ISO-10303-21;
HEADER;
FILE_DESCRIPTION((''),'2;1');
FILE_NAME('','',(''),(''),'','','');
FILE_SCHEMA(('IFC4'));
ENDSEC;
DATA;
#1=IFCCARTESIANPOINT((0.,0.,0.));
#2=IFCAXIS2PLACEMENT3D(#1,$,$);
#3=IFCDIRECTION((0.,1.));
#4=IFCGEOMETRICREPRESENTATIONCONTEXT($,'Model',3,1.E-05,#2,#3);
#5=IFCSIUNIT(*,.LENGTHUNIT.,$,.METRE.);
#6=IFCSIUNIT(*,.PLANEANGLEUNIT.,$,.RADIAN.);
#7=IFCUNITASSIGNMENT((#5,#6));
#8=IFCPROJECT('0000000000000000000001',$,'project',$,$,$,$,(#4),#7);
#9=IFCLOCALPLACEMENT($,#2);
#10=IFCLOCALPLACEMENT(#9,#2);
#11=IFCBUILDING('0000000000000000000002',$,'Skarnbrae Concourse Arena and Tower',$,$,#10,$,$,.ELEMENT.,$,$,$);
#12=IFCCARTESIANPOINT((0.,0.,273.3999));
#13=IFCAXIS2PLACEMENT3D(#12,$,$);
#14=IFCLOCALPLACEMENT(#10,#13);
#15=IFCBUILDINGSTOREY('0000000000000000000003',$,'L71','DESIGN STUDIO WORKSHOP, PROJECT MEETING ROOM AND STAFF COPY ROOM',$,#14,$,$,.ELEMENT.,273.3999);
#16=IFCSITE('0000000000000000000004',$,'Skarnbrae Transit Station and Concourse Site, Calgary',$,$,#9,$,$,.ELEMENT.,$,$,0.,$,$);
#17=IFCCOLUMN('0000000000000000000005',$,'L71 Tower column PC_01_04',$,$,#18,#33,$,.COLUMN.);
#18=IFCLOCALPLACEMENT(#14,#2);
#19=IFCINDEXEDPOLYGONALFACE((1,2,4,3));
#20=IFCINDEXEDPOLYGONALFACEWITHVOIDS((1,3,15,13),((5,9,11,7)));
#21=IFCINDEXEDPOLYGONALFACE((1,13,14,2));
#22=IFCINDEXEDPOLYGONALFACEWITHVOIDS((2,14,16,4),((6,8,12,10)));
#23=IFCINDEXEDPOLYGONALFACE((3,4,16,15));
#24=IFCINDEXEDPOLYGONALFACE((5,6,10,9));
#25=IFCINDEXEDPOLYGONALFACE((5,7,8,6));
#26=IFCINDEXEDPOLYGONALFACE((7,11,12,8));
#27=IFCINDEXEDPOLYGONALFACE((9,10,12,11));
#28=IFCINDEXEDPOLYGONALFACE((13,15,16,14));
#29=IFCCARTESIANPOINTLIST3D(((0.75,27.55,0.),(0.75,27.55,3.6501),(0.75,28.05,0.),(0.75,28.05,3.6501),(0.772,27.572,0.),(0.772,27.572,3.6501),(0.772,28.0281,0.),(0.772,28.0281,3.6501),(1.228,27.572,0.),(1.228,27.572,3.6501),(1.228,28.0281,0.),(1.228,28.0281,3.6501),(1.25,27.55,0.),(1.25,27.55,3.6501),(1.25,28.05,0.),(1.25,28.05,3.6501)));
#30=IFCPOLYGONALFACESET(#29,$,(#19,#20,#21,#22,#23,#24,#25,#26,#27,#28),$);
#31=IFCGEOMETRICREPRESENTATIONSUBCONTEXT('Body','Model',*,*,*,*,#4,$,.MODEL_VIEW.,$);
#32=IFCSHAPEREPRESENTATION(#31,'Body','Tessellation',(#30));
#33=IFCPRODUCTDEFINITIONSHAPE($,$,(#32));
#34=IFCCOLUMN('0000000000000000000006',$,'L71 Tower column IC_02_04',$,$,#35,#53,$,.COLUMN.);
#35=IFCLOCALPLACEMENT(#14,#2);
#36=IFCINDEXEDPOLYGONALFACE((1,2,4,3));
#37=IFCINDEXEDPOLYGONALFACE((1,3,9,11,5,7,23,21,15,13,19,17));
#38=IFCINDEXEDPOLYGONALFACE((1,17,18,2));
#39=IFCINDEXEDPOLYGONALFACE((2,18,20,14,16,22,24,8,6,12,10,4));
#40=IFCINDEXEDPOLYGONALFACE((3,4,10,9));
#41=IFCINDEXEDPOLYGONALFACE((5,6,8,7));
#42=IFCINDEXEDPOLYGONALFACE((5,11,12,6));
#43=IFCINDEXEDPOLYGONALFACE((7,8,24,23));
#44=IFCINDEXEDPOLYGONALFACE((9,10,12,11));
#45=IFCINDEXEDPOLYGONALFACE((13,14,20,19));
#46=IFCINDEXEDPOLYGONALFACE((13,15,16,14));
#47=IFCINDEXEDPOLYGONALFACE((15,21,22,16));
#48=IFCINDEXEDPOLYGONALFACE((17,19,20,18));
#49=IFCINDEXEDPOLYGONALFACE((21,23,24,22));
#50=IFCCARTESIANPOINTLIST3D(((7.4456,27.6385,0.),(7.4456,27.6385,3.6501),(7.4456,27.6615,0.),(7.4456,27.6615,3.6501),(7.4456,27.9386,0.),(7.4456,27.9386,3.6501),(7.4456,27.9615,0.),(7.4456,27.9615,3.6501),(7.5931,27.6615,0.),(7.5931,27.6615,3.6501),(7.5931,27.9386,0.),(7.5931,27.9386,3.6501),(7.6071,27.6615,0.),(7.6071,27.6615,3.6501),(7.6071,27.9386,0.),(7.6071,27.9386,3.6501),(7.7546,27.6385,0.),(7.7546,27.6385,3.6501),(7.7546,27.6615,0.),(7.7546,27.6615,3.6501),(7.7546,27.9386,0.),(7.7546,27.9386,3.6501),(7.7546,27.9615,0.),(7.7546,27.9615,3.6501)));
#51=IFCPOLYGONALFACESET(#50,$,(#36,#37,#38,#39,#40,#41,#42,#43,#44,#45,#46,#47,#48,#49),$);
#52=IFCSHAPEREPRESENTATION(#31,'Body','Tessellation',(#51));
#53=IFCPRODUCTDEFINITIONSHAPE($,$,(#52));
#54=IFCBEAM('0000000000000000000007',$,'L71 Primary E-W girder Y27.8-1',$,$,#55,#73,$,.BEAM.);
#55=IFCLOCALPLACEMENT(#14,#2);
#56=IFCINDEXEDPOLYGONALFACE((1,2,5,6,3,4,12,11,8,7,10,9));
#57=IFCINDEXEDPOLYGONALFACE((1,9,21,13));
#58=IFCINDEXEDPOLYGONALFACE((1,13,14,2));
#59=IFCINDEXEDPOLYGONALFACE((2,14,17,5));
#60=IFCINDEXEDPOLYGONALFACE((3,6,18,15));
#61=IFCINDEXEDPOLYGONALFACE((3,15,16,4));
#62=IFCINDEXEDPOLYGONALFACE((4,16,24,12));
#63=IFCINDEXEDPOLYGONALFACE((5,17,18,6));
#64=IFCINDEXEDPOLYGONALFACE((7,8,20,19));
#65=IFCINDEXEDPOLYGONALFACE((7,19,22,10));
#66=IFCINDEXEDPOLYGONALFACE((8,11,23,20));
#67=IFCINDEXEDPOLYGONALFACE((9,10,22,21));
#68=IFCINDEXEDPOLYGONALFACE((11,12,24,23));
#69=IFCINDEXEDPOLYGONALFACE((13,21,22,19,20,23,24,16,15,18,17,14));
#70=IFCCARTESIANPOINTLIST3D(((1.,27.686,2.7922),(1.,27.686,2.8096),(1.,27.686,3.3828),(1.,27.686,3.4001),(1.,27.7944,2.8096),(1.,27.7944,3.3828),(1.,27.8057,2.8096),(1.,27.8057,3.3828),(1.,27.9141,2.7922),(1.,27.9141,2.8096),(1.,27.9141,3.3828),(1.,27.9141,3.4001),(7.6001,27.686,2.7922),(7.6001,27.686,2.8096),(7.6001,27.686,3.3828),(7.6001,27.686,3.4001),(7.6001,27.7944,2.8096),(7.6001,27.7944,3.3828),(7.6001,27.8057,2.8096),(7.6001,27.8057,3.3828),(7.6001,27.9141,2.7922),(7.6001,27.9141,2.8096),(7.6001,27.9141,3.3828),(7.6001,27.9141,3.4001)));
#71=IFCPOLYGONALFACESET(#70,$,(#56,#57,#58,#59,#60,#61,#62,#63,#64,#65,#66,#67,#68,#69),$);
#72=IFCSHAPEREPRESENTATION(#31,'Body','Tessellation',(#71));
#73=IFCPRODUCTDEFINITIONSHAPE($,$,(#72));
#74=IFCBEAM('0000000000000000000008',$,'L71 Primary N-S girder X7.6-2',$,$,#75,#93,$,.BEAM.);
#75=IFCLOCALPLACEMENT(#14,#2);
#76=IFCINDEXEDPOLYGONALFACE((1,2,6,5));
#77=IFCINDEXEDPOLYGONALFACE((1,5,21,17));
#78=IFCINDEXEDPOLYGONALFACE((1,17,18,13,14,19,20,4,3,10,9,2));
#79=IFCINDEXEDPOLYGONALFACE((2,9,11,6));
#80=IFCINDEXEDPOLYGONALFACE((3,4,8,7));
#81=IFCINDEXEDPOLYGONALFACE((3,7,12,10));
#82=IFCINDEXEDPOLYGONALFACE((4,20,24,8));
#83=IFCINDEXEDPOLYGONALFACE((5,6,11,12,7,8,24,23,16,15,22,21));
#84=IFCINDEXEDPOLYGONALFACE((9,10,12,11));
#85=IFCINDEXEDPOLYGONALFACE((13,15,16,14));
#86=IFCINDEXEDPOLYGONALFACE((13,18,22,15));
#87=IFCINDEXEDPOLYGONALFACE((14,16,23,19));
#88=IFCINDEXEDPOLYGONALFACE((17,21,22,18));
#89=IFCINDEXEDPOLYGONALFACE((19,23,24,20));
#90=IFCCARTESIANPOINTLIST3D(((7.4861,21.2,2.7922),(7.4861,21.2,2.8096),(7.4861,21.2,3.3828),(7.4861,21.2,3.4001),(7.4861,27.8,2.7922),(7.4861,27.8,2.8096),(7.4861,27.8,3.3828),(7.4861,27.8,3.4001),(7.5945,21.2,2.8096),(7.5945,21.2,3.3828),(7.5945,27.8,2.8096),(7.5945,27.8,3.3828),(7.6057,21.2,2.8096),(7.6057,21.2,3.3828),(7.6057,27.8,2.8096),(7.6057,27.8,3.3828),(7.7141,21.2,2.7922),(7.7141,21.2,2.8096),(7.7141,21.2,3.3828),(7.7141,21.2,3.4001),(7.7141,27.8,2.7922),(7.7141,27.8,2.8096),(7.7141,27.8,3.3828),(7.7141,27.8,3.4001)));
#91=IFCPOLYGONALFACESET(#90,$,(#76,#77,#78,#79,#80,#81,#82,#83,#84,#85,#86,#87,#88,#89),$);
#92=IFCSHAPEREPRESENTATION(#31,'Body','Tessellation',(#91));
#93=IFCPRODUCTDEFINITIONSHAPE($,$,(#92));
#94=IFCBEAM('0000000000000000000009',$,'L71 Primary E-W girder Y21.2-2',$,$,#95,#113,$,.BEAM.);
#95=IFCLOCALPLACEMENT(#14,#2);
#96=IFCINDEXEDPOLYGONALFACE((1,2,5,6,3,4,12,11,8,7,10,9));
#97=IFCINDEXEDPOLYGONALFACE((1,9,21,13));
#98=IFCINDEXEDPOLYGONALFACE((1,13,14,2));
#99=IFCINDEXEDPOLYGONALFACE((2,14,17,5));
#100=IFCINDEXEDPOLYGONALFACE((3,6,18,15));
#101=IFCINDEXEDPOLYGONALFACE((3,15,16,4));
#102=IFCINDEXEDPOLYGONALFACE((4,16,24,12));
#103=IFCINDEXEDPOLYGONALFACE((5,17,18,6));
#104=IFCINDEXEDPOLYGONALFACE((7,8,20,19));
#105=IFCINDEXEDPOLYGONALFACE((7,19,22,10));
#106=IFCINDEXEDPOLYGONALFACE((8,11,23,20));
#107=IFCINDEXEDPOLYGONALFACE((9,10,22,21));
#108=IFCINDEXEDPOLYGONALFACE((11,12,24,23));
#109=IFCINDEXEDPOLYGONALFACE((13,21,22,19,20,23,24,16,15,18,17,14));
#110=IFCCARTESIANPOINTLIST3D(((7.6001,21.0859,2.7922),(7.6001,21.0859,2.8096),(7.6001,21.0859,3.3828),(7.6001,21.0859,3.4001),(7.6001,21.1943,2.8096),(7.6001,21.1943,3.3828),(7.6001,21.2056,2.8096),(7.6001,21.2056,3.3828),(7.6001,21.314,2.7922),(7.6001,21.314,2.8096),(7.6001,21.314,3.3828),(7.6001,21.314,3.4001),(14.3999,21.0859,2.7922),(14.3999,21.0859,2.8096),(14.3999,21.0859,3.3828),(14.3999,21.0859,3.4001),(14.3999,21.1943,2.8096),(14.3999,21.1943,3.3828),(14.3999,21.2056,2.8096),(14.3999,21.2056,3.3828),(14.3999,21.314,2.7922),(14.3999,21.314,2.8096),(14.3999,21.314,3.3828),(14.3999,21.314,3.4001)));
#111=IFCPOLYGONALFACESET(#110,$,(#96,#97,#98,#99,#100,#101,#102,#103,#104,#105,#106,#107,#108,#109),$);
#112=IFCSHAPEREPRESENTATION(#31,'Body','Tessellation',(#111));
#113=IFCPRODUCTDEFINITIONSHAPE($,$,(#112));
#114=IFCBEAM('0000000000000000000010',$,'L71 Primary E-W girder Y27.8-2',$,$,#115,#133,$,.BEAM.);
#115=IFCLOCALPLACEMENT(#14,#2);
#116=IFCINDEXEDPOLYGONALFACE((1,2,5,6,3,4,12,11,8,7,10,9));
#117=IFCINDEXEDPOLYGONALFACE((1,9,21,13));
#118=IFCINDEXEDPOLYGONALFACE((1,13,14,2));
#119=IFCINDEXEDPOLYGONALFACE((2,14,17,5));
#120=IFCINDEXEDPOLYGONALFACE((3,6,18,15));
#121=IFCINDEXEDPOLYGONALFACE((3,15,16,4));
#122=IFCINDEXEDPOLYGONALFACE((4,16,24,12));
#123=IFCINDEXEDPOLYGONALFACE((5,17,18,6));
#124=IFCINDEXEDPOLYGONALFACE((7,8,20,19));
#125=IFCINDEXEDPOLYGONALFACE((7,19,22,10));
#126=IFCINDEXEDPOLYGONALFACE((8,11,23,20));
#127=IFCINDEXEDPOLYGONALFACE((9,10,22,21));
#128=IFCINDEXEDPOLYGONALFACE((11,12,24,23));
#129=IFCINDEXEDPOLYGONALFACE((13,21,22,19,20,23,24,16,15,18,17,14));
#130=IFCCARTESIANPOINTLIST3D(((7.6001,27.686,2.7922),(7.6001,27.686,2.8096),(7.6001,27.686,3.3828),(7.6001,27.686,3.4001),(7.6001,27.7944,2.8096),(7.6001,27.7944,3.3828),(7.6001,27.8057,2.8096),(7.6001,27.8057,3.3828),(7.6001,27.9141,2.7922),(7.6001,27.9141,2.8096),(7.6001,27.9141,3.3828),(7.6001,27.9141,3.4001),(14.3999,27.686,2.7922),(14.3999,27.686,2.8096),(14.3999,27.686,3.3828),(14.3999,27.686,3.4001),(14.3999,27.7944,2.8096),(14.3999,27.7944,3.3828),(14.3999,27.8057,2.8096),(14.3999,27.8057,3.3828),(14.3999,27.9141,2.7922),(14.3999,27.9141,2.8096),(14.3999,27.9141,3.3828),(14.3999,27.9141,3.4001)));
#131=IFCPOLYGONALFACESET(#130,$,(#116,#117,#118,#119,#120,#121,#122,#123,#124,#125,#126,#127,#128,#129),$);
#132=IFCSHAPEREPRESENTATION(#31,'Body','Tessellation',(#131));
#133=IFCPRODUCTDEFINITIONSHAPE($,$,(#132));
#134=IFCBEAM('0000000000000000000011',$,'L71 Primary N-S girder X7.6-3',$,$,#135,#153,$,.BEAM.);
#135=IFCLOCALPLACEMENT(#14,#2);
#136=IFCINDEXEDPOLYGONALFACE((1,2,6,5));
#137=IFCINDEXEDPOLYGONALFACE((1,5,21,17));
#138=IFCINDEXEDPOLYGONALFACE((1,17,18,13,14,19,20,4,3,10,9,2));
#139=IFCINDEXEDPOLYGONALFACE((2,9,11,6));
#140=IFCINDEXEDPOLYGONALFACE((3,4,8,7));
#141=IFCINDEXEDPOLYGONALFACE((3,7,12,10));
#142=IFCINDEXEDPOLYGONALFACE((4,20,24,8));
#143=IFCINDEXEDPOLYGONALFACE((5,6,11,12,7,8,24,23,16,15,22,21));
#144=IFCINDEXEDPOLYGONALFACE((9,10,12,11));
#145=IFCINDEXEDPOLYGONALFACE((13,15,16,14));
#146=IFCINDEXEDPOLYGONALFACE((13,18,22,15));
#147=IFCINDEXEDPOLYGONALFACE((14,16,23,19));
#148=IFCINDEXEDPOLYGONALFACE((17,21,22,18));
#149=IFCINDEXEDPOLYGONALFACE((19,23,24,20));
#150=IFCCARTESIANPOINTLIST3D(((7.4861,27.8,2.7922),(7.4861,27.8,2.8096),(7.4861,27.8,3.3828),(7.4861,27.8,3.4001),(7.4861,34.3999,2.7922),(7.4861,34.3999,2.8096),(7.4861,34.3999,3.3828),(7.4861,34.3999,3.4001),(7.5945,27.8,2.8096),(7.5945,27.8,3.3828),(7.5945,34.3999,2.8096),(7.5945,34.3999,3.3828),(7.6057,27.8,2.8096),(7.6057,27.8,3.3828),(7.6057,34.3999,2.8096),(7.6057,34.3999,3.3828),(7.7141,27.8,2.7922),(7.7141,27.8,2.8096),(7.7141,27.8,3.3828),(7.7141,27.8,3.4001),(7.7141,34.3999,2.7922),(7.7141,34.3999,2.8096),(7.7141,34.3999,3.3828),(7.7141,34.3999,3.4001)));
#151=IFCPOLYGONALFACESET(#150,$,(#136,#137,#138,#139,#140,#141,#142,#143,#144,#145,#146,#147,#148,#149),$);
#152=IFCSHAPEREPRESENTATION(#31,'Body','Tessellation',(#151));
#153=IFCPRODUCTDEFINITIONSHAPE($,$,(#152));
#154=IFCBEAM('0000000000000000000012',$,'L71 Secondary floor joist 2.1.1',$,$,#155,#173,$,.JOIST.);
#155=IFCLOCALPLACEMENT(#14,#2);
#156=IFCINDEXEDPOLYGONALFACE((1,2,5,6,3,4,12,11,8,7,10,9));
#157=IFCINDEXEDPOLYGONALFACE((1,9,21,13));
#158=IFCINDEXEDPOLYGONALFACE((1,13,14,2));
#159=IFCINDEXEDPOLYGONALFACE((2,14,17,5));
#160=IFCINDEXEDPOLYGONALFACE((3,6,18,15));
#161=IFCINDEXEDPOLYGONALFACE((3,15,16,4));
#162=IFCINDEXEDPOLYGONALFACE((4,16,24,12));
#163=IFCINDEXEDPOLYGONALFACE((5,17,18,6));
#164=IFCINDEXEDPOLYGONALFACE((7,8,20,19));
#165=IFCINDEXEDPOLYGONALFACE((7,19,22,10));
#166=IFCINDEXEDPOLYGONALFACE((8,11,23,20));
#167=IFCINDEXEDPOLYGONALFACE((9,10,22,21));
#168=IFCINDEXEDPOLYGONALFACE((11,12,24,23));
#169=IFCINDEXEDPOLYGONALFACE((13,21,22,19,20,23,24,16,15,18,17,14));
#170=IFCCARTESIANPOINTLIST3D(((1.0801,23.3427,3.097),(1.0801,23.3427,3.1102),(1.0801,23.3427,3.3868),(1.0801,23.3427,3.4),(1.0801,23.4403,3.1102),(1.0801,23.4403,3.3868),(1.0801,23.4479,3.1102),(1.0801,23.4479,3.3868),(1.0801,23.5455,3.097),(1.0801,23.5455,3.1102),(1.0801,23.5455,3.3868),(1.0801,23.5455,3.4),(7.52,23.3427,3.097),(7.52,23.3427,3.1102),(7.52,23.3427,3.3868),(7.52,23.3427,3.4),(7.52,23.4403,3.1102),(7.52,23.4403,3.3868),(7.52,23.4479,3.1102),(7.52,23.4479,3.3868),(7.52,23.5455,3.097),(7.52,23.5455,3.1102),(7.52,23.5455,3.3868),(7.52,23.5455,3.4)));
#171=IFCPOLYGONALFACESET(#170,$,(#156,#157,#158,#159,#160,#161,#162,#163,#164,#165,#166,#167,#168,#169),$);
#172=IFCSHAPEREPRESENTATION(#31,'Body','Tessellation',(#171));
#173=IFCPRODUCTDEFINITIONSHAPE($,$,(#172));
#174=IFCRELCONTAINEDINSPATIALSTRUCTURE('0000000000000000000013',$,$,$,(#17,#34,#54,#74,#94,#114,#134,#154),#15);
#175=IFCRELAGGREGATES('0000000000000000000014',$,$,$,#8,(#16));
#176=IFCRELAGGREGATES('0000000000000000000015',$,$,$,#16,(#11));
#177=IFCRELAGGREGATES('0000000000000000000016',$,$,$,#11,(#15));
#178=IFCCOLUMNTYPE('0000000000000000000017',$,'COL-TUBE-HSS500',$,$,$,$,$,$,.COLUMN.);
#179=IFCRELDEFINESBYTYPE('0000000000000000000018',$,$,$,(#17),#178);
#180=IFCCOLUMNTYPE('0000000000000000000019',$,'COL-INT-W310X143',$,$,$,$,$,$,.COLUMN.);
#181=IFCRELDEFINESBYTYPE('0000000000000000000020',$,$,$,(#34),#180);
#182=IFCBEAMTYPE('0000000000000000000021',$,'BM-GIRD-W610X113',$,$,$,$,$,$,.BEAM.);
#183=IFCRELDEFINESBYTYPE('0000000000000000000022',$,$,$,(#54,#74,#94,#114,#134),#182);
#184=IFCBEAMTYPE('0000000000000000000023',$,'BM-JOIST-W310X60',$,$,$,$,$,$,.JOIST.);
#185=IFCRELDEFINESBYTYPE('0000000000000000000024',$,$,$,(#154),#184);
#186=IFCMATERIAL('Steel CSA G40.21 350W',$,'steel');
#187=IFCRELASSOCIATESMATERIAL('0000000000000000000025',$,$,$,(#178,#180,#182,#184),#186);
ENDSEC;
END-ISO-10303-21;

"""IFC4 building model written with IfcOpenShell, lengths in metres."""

from ifc_helpers import new_model, si_unit, direction, frame, origin, origin_2d, place, context, subcontext, project, spatial, hollow_rectangle, i_section, extrude, source, transform, mapped, material, material_profile, profile_set, type_object, element, save


model = new_model("IFC4")

# Units and contexts
model_context = context("Model", 3, precision=1e-05, world=origin(), true_north=direction((0.0, 1.0)))
body_context = subcontext(model_context, "Body", "Model", "MODEL_VIEW")
ifc_project = project(units=[si_unit("LENGTHUNIT", "METRE"), si_unit("PLANEANGLEUNIT", "RADIAN")], contexts=[model_context])

# Site, building, storey
site_placement = place(None, origin())
site = spatial("IfcSite", under=ifc_project, at=site_placement, Name="Skarnbrae Transit Station and Concourse Site, Calgary", CompositionType="ELEMENT", RefElevation=0.0)
building_placement = place(site_placement, origin())
building = spatial("IfcBuilding", under=site, at=building_placement, Name="Skarnbrae Concourse Arena and Tower", CompositionType="ELEMENT")
storey_placement = place(building_placement, frame((0.0, 0.0, 273.3999)))
storey = spatial("IfcBuildingStorey", under=building, at=storey_placement, Name="L71", Description="DESIGN STUDIO WORKSHOP, PROJECT MEETING ROOM AND STAFF COPY ROOM", CompositionType="ELEMENT", Elevation=273.3999)

# Columns
ifc_material_1 = material(Name="Steel CSA G40.21 350W", Category="steel")
ifc_material_profile_1 = material_profile(ifc_material_1, hollow_rectangle(XDim=0.5, YDim=0.5, WallThickness=0.022, at=origin_2d()), Name="HSS500X500X22.0")
ifc_profile_set_1 = profile_set([ifc_material_profile_1], Name="Steel CSA G40.21 350W")
column_type_1 = type_object("IfcColumnType", Name="COL-TUBE-HSS500", PredefinedType="COLUMN", material=ifc_profile_set_1)
shared_shape_1 = source(origin(), body_context, "Body", "SweptSolid", [
    extrude(hollow_rectangle(XDim=0.5, YDim=0.5, WallThickness=0.022, at=origin_2d()), origin(), (0.0, 0.0, 1.0), 3.6501),
])
column_1_placement = place(storey_placement, frame((1.0, 27.8, 0.0), z_axis=(0.0, 0.0, 1.0), x_axis=(1.0, 0.0, 0.0)))
element("IfcColumn", 1, at=column_1_placement, inside=storey, type_object=column_type_1, Name="L71 Tower column PC_01_04", PredefinedType="COLUMN", context=body_context, shape_type="MappedRepresentation", body=[
    mapped(shared_shape_1, transform((0.0, 0.0, 0.0))),
])
ifc_material_profile_2 = material_profile(ifc_material_1, i_section(OverallWidth=0.3091, OverallDepth=0.323, WebThickness=0.0139, FlangeThickness=0.0229, at=origin_2d()), Name="W310X143")
ifc_profile_set_2 = profile_set([ifc_material_profile_2], Name="Steel CSA G40.21 350W")
column_type_2 = type_object("IfcColumnType", Name="COL-INT-W310X143", PredefinedType="COLUMN", material=ifc_profile_set_2)
shared_shape_2 = source(origin(), body_context, "Body", "SweptSolid", [
    extrude(i_section(OverallWidth=0.3091, OverallDepth=0.323, WebThickness=0.0139, FlangeThickness=0.0229, at=origin_2d()), origin(), (0.0, 0.0, 1.0), 3.6501),
])
column_2_placement = place(storey_placement, frame((7.6001, 27.8, 0.0), z_axis=(0.0, 0.0, 1.0), x_axis=(1.0, 0.0, 0.0)))
element("IfcColumn", 2, at=column_2_placement, inside=storey, type_object=column_type_2, Name="L71 Tower column IC_02_04", PredefinedType="COLUMN", context=body_context, shape_type="MappedRepresentation", body=[
    mapped(shared_shape_2, transform((0.0, 0.0, 0.0))),
])

# Beams
ifc_material_profile_3 = material_profile(ifc_material_1, i_section(OverallWidth=0.228, OverallDepth=0.6079, WebThickness=0.0112, FlangeThickness=0.0173, at=origin_2d()), Name="W610X113")
ifc_profile_set_3 = profile_set([ifc_material_profile_3], Name="Steel CSA G40.21 350W")
beam_type_1 = type_object("IfcBeamType", Name="BM-GIRD-W610X113", PredefinedType="BEAM", material=ifc_profile_set_3)
shared_shape_3 = source(origin(), body_context, "Body", "SweptSolid", [
    extrude(i_section(OverallWidth=0.228, OverallDepth=0.6079, WebThickness=0.0112, FlangeThickness=0.0173, at=origin_2d()), origin(), (0.0, 0.0, 1.0), 6.6001),
])
for number, where, z_axis, x_axis, name in (
    (3, (1.0, 27.8, 3.0962), (1.0, 0.0, 0.0), (0.0, 1.0, 0.0), "L71 Primary E-W girder Y27.8-1"),
    (4, (7.6001, 21.2, 3.0962), (0.0, 1.0, 0.0), (-1.0, 0.0, 0.0), "L71 Primary N-S girder X7.6-2"),
):
    element("IfcBeam", number, at=place(storey_placement, frame(where, z_axis=z_axis, x_axis=x_axis)), inside=storey, type_object=beam_type_1, Name=name, PredefinedType="BEAM", context=body_context, shape_type="MappedRepresentation", body=[
        mapped(shared_shape_3, transform((0.0, 0.0, 0.0))),
    ])
shared_shape_4 = source(origin(), body_context, "Body", "SweptSolid", [
    extrude(i_section(OverallWidth=0.228, OverallDepth=0.6079, WebThickness=0.0112, FlangeThickness=0.0173, at=origin_2d()), origin(), (0.0, 0.0, 1.0), 6.7998),
])
for number, where, z_axis, x_axis, name in (
    (5, (7.6001, 21.2, 3.0962), (1.0, 0.0, 0.0), (0.0, 1.0, 0.0), "L71 Primary E-W girder Y21.2-2"),
    (6, (7.6001, 27.8, 3.0962), (1.0, 0.0, 0.0), (0.0, 1.0, 0.0), "L71 Primary E-W girder Y27.8-2"),
):
    element("IfcBeam", number, at=place(storey_placement, frame(where, z_axis=z_axis, x_axis=x_axis)), inside=storey, type_object=beam_type_1, Name=name, PredefinedType="BEAM", context=body_context, shape_type="MappedRepresentation", body=[
        mapped(shared_shape_4, transform((0.0, 0.0, 0.0))),
    ])
shared_shape_5 = source(origin(), body_context, "Body", "SweptSolid", [
    extrude(i_section(OverallWidth=0.228, OverallDepth=0.6079, WebThickness=0.0112, FlangeThickness=0.0173, at=origin_2d()), origin(), (0.0, 0.0, 1.0), 6.5999),
])
beam_placement = place(storey_placement, frame((7.6001, 27.8, 3.0962), z_axis=(0.0, 1.0, 0.0), x_axis=(-1.0, 0.0, 0.0)))
element("IfcBeam", 7, at=beam_placement, inside=storey, type_object=beam_type_1, Name="L71 Primary N-S girder X7.6-3", PredefinedType="BEAM", context=body_context, shape_type="MappedRepresentation", body=[
    mapped(shared_shape_5, transform((0.0, 0.0, 0.0))),
])
ifc_material_profile_4 = material_profile(ifc_material_1, i_section(OverallWidth=0.2029, OverallDepth=0.303, WebThickness=0.0076, FlangeThickness=0.0132, at=origin_2d()), Name="W310X60")
ifc_profile_set_4 = profile_set([ifc_material_profile_4], Name="Steel CSA G40.21 350W")
beam_type_2 = type_object("IfcBeamType", Name="BM-JOIST-W310X60", PredefinedType="JOIST", material=ifc_profile_set_4)
shared_shape_6 = source(origin(), body_context, "Body", "SweptSolid", [
    extrude(i_section(OverallWidth=0.2029, OverallDepth=0.303, WebThickness=0.0076, FlangeThickness=0.0132, at=origin_2d()), origin(), (0.0, 0.0, 1.0), 6.4399),
])
for number, where, z_axis, x_axis, name in (
    (8, (1.0801, 23.4441, 3.2485), (1.0, 0.0, 0.0), (0.0, 1.0, 0.0), "L71 Secondary floor joist 2.1.1"),
):
    element("IfcBeam", number, at=place(storey_placement, frame(where, z_axis=z_axis, x_axis=x_axis)), inside=storey, type_object=beam_type_2, Name=name, PredefinedType="JOIST", context=body_context, shape_type="MappedRepresentation", body=[
        mapped(shared_shape_6, transform((0.0, 0.0, 0.0))),
    ])

save(model, "model.ifc")
